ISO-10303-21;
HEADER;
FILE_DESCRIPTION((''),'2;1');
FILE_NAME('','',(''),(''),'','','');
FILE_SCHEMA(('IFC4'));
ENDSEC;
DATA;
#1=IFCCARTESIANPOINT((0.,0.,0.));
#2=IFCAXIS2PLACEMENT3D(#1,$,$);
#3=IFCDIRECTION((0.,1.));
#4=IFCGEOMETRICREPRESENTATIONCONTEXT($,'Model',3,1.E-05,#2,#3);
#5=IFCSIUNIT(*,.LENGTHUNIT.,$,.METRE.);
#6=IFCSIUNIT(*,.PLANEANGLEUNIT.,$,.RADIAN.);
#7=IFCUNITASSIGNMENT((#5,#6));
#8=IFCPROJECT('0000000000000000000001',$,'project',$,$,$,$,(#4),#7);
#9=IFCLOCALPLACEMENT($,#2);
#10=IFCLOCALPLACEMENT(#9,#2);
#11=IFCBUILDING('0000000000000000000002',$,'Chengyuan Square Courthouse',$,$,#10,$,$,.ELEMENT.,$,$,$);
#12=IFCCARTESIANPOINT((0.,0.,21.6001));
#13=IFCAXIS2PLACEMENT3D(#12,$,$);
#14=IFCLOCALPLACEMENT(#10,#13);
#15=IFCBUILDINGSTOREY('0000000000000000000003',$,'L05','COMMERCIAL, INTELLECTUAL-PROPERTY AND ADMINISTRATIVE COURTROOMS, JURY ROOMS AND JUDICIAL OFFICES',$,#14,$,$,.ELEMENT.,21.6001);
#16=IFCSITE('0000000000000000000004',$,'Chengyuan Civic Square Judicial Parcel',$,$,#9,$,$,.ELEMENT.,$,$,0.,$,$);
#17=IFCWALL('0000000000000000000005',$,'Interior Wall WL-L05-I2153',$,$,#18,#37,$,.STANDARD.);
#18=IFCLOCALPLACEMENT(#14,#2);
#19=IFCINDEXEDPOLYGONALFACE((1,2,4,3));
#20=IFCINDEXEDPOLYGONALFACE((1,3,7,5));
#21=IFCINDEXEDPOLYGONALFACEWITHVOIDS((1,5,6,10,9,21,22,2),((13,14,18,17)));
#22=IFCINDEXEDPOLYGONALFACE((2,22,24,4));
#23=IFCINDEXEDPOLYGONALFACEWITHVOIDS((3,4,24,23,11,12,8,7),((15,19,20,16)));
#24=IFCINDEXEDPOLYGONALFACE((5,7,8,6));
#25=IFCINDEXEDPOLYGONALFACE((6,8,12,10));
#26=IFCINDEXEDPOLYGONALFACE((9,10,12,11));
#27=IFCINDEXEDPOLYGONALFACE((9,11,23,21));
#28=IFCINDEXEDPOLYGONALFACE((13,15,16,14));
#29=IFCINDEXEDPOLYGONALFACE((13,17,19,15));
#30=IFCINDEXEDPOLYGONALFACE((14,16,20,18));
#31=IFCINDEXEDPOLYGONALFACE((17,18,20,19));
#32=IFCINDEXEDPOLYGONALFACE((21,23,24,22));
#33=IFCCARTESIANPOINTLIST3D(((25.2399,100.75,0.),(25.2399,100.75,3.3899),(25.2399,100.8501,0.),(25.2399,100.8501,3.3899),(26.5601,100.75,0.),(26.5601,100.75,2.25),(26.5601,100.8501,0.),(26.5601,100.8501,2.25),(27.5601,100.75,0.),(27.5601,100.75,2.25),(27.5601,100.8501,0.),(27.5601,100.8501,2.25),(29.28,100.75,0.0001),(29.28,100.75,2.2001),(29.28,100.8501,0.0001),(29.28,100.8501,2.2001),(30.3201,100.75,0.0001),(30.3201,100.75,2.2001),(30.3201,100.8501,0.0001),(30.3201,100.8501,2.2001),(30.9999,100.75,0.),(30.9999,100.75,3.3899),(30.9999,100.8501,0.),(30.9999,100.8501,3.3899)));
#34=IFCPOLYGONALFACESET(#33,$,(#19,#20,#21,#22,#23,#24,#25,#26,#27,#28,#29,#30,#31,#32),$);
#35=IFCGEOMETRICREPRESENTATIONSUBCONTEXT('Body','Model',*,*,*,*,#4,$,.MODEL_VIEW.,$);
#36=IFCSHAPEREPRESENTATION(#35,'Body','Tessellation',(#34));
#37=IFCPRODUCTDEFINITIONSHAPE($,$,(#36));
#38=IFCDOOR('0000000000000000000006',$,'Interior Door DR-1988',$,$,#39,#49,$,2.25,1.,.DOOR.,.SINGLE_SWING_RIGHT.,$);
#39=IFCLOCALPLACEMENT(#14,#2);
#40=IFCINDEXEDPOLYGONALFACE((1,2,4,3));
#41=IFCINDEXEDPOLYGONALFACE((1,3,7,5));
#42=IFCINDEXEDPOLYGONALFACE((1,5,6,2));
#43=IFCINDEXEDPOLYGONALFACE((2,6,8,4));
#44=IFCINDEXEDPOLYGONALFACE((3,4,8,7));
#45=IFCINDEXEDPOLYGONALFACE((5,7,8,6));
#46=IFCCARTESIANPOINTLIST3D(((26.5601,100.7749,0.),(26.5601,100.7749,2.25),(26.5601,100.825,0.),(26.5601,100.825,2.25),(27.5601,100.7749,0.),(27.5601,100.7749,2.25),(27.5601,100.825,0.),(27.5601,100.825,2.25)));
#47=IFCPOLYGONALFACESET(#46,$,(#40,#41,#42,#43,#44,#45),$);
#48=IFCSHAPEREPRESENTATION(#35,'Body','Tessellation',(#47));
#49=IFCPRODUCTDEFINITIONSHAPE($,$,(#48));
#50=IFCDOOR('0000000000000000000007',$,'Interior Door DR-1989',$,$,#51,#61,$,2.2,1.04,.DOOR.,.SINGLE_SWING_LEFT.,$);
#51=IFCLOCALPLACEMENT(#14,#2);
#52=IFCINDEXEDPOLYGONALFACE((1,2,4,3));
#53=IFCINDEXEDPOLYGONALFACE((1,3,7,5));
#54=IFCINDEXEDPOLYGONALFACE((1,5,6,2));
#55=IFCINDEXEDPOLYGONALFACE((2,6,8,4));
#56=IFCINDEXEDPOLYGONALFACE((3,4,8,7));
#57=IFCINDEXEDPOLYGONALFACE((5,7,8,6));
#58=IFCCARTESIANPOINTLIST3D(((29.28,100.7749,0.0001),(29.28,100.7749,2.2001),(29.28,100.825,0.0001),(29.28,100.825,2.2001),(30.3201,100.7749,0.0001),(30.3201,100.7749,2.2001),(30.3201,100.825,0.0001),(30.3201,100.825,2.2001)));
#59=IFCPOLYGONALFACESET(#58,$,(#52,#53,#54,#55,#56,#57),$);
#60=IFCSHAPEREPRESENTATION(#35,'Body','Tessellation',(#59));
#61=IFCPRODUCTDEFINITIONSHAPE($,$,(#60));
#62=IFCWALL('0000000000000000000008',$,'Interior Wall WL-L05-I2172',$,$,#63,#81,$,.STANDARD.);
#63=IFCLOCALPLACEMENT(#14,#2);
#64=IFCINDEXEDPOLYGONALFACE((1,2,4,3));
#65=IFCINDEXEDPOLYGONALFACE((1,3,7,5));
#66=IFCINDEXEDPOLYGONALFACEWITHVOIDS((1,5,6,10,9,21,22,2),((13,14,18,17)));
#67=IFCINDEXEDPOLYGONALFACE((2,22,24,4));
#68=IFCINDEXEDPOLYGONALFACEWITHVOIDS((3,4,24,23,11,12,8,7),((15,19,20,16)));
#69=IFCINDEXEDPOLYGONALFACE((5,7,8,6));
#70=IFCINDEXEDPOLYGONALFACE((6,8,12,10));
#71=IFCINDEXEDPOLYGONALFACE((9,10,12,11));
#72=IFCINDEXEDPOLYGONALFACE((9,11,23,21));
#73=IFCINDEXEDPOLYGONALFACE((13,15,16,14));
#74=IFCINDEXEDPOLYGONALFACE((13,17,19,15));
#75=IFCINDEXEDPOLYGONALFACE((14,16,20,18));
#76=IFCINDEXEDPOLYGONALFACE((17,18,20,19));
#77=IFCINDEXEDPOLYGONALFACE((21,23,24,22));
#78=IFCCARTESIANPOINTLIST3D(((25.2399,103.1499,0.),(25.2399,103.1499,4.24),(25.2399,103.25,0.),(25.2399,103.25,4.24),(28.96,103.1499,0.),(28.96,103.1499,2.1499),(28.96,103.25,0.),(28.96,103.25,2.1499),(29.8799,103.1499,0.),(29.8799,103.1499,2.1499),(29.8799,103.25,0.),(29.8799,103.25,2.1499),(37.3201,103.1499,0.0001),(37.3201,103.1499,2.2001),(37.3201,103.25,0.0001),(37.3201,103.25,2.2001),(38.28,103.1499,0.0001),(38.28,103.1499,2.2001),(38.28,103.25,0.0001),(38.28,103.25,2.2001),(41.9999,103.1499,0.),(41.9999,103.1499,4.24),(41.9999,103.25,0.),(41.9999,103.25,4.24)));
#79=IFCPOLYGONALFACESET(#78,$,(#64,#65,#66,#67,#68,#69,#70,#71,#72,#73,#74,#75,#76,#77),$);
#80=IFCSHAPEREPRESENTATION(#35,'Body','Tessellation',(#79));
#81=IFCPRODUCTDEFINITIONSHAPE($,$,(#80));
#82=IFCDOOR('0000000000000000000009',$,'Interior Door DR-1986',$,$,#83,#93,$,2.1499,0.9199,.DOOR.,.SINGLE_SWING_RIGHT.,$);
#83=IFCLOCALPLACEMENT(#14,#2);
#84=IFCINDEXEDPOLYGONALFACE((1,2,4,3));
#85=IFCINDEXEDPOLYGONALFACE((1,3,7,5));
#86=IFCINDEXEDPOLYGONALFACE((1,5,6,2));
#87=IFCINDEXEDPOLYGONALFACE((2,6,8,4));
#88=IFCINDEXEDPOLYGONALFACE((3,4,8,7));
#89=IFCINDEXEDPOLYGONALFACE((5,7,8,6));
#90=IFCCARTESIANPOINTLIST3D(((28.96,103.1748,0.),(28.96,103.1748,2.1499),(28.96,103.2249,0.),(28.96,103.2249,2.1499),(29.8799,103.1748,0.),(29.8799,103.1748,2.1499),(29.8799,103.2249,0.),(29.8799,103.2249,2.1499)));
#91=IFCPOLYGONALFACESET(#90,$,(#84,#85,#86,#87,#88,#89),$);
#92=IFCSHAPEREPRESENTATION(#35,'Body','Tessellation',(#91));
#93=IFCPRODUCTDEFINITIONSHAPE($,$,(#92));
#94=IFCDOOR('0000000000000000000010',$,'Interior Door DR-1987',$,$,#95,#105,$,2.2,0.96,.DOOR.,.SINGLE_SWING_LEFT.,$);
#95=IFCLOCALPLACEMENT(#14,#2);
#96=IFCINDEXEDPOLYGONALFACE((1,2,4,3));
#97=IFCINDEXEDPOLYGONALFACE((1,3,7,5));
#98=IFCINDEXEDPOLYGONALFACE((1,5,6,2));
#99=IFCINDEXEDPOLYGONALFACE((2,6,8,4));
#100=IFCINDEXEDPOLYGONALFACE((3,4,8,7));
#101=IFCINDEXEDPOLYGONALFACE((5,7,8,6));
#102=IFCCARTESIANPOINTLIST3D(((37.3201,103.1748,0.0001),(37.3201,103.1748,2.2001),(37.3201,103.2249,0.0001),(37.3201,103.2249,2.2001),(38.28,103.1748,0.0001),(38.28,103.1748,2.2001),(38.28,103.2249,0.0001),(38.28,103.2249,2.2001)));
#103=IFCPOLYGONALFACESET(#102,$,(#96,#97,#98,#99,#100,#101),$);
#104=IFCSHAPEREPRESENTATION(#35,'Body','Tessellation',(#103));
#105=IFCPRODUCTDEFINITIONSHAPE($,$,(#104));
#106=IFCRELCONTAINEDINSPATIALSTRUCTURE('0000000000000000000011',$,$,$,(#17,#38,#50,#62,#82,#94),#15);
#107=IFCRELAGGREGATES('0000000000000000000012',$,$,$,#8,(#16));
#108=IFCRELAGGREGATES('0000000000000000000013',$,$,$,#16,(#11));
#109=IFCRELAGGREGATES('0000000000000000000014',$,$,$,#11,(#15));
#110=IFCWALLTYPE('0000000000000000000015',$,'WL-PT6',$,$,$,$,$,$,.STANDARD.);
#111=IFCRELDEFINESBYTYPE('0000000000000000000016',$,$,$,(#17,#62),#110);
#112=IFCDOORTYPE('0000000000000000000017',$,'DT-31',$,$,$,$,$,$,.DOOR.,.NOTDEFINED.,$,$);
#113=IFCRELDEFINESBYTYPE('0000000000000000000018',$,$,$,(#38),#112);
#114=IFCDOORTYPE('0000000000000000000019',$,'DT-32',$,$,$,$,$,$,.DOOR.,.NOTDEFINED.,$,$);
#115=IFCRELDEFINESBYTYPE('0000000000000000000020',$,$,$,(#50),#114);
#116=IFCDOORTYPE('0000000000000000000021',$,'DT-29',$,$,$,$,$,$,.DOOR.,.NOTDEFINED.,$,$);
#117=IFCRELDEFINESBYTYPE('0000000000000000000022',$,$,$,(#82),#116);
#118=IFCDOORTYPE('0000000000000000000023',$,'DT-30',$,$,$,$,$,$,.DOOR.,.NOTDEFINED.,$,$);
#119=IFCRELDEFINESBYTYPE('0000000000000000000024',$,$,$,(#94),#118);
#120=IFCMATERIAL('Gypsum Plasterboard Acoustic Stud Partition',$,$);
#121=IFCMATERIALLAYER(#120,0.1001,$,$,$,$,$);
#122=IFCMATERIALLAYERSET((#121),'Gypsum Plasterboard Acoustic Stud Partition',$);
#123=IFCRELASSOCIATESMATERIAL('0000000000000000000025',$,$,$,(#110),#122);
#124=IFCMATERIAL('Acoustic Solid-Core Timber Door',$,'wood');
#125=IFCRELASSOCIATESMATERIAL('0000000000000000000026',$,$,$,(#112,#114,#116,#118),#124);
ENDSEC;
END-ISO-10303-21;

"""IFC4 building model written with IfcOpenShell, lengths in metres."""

from ifc_helpers import new_model, si_unit, direction, frame, frame_2d, origin, place, context, subcontext, project, spatial, rectangle, extrude, material, layer, layer_set, type_object, element, fill, save


model = new_model("IFC4")

# Units and contexts
model_context = context("Model", 3, precision=1e-05, world=origin(), true_north=direction((0.0, 1.0)))
body_context = subcontext(model_context, "Body", "Model", "MODEL_VIEW")
ifc_project = project(units=[si_unit("LENGTHUNIT", "METRE"), si_unit("PLANEANGLEUNIT", "RADIAN")], contexts=[model_context])

# Site, building, storey
site_placement = place(None, origin())
site = spatial("IfcSite", under=ifc_project, at=site_placement, Name="Chengyuan Civic Square Judicial Parcel", CompositionType="ELEMENT", RefElevation=0.0)
building_placement = place(site_placement, origin())
building = spatial("IfcBuilding", under=site, at=building_placement, Name="Chengyuan Square Courthouse", CompositionType="ELEMENT")
storey_placement = place(building_placement, frame((0.0, 0.0, 21.6001)))
storey = spatial("IfcBuildingStorey", under=building, at=storey_placement, Name="L05", Description="COMMERCIAL, INTELLECTUAL-PROPERTY AND ADMINISTRATIVE COURTROOMS, JURY ROOMS AND JUDICIAL OFFICES", CompositionType="ELEMENT", Elevation=21.6001)

# Walls, openings, doors
ifc_material_1 = material(Name="Gypsum Plasterboard Acoustic Stud Partition")
ifc_layer_1 = layer(ifc_material_1, 0.1001)
ifc_layer_set_1 = layer_set([ifc_layer_1], Name="Gypsum Plasterboard Acoustic Stud Partition")
wall_type_1 = type_object("IfcWallType", Name="WL-PT6", PredefinedType="STANDARD", material=ifc_layer_set_1)
wall_1_placement = place(storey_placement, frame((25.24, 100.8, 0.0), z_axis=(0.0, 0.0, 1.0), x_axis=(1.0, 0.0, 0.0)))
wall_1 = element("IfcWall", 1, at=wall_1_placement, inside=storey, type_object=wall_type_1, Name="Interior Wall WL-L05-I2153", PredefinedType="STANDARD", context=body_context, shape_type="SweptSolid", body=[
    extrude(rectangle(XDim=5.76, YDim=0.1001, at=frame_2d((2.8799, 0.0))), origin(), (0.0, 0.0, 1.0), 3.3899),
])
opening_1_placement = place(wall_1_placement, frame((1.3201, 0.0, 0.0)))
opening_1 = element("IfcOpeningElement", 2, at=opening_1_placement, cuts=wall_1, PredefinedType="OPENING", context=body_context, shape_type="SweptSolid", body=[
    extrude(rectangle(XDim=1.0, YDim=2.25, at=frame_2d((0.5, 1.125))), frame((0.0, 0.062, 0.0), z_axis=(0.0, -1.0, 0.0), x_axis=(1.0, 0.0, 0.0)), (0.0, 0.0, 1.0), 0.124),
])
opening_2_placement = place(wall_1_placement, frame((4.04, 0.0, 0.0)))
opening_2 = element("IfcOpeningElement", 3, at=opening_2_placement, cuts=wall_1, PredefinedType="OPENING", context=body_context, shape_type="SweptSolid", body=[
    extrude(rectangle(XDim=1.04, YDim=2.2, at=frame_2d((0.52, 1.1001))), frame((0.0, 0.062, 0.0), z_axis=(0.0, -1.0, 0.0), x_axis=(1.0, 0.0, 0.0)), (0.0, 0.0, 1.0), 0.124),
])
ifc_material_2 = material(Name="Acoustic Solid-Core Timber Door", Category="wood")
door_type_1 = type_object("IfcDoorType", Name="DT-31", OperationType="NOTDEFINED", PredefinedType="DOOR", material=ifc_material_2)
door_1_placement = place(opening_1_placement, origin())
door_1 = element("IfcDoor", 4, at=door_1_placement, inside=storey, type_object=door_type_1, Name="Interior Door DR-1988", OperationType="SINGLE_SWING_RIGHT", OverallHeight=2.25, OverallWidth=1.0, PredefinedType="DOOR", context=body_context, shape_type="SweptSolid", body=[
    extrude(rectangle(XDim=1.0, YDim=2.25, at=frame_2d((0.5, 1.125))), frame((0.0, 0.0249, 0.0), z_axis=(0.0, -1.0, 0.0), x_axis=(1.0, 0.0, 0.0)), (0.0, 0.0, 1.0), 0.05),
])
fill(opening_1, door_1)
door_type_2 = type_object("IfcDoorType", Name="DT-32", OperationType="NOTDEFINED", PredefinedType="DOOR", material=ifc_material_2)
door_2_placement = place(opening_2_placement, origin())
door_2 = element("IfcDoor", 5, at=door_2_placement, inside=storey, type_object=door_type_2, Name="Interior Door DR-1989", OperationType="SINGLE_SWING_LEFT", OverallHeight=2.2, OverallWidth=1.04, PredefinedType="DOOR", context=body_context, shape_type="SweptSolid", body=[
    extrude(rectangle(XDim=1.04, YDim=2.2, at=frame_2d((0.52, 1.1001))), frame((0.0, 0.0249, 0.0), z_axis=(0.0, -1.0, 0.0), x_axis=(1.0, 0.0, 0.0)), (0.0, 0.0, 1.0), 0.05),
])
fill(opening_2, door_2)
wall_2_placement = place(storey_placement, frame((25.24, 103.2, 0.0), z_axis=(0.0, 0.0, 1.0), x_axis=(1.0, 0.0, 0.0)))
wall_2 = element("IfcWall", 6, at=wall_2_placement, inside=storey, type_object=wall_type_1, Name="Interior Wall WL-L05-I2172", PredefinedType="STANDARD", context=body_context, shape_type="SweptSolid", body=[
    extrude(rectangle(XDim=16.76, YDim=0.1001, at=frame_2d((8.3799, 0.0))), origin(), (0.0, 0.0, 1.0), 4.24),
])
opening_3_placement = place(wall_2_placement, frame((3.72, 0.0, 0.0)))
opening_3 = element("IfcOpeningElement", 7, at=opening_3_placement, cuts=wall_2, PredefinedType="OPENING", context=body_context, shape_type="SweptSolid", body=[
    extrude(rectangle(XDim=0.9199, YDim=2.1499, at=frame_2d((0.46, 1.075))), frame((0.0, 0.062, 0.0), z_axis=(0.0, -1.0, 0.0), x_axis=(1.0, 0.0, 0.0)), (0.0, 0.0, 1.0), 0.124),
])
opening_4_placement = place(wall_2_placement, frame((12.0801, 0.0, 0.0)))
opening_4 = element("IfcOpeningElement", 8, at=opening_4_placement, cuts=wall_2, PredefinedType="OPENING", context=body_context, shape_type="SweptSolid", body=[
    extrude(rectangle(XDim=0.96, YDim=2.2, at=frame_2d((0.48, 1.1001))), frame((0.0, 0.062, 0.0), z_axis=(0.0, -1.0, 0.0), x_axis=(1.0, 0.0, 0.0)), (0.0, 0.0, 1.0), 0.124),
])
door_type_3 = type_object("IfcDoorType", Name="DT-29", OperationType="NOTDEFINED", PredefinedType="DOOR", material=ifc_material_2)
door_3_placement = place(opening_3_placement, origin())
door_3 = element("IfcDoor", 9, at=door_3_placement, inside=storey, type_object=door_type_3, Name="Interior Door DR-1986", OperationType="SINGLE_SWING_RIGHT", OverallHeight=2.1499, OverallWidth=0.9199, PredefinedType="DOOR", context=body_context, shape_type="SweptSolid", body=[
    extrude(rectangle(XDim=0.9199, YDim=2.1499, at=frame_2d((0.46, 1.075))), frame((0.0, 0.0249, 0.0), z_axis=(0.0, -1.0, 0.0), x_axis=(1.0, 0.0, 0.0)), (0.0, 0.0, 1.0), 0.05),
])
fill(opening_3, door_3)
door_type_4 = type_object("IfcDoorType", Name="DT-30", OperationType="NOTDEFINED", PredefinedType="DOOR", material=ifc_material_2)
door_4_placement = place(opening_4_placement, origin())
door_4 = element("IfcDoor", 10, at=door_4_placement, inside=storey, type_object=door_type_4, Name="Interior Door DR-1987", OperationType="SINGLE_SWING_LEFT", OverallHeight=2.2, OverallWidth=0.96, PredefinedType="DOOR", context=body_context, shape_type="SweptSolid", body=[
    extrude(rectangle(XDim=0.96, YDim=2.2, at=frame_2d((0.48, 1.1001))), frame((0.0, 0.0249, 0.0), z_axis=(0.0, -1.0, 0.0), x_axis=(1.0, 0.0, 0.0)), (0.0, 0.0, 1.0), 0.05),
])
fill(opening_4, door_4)

save(model, "model.ifc")
